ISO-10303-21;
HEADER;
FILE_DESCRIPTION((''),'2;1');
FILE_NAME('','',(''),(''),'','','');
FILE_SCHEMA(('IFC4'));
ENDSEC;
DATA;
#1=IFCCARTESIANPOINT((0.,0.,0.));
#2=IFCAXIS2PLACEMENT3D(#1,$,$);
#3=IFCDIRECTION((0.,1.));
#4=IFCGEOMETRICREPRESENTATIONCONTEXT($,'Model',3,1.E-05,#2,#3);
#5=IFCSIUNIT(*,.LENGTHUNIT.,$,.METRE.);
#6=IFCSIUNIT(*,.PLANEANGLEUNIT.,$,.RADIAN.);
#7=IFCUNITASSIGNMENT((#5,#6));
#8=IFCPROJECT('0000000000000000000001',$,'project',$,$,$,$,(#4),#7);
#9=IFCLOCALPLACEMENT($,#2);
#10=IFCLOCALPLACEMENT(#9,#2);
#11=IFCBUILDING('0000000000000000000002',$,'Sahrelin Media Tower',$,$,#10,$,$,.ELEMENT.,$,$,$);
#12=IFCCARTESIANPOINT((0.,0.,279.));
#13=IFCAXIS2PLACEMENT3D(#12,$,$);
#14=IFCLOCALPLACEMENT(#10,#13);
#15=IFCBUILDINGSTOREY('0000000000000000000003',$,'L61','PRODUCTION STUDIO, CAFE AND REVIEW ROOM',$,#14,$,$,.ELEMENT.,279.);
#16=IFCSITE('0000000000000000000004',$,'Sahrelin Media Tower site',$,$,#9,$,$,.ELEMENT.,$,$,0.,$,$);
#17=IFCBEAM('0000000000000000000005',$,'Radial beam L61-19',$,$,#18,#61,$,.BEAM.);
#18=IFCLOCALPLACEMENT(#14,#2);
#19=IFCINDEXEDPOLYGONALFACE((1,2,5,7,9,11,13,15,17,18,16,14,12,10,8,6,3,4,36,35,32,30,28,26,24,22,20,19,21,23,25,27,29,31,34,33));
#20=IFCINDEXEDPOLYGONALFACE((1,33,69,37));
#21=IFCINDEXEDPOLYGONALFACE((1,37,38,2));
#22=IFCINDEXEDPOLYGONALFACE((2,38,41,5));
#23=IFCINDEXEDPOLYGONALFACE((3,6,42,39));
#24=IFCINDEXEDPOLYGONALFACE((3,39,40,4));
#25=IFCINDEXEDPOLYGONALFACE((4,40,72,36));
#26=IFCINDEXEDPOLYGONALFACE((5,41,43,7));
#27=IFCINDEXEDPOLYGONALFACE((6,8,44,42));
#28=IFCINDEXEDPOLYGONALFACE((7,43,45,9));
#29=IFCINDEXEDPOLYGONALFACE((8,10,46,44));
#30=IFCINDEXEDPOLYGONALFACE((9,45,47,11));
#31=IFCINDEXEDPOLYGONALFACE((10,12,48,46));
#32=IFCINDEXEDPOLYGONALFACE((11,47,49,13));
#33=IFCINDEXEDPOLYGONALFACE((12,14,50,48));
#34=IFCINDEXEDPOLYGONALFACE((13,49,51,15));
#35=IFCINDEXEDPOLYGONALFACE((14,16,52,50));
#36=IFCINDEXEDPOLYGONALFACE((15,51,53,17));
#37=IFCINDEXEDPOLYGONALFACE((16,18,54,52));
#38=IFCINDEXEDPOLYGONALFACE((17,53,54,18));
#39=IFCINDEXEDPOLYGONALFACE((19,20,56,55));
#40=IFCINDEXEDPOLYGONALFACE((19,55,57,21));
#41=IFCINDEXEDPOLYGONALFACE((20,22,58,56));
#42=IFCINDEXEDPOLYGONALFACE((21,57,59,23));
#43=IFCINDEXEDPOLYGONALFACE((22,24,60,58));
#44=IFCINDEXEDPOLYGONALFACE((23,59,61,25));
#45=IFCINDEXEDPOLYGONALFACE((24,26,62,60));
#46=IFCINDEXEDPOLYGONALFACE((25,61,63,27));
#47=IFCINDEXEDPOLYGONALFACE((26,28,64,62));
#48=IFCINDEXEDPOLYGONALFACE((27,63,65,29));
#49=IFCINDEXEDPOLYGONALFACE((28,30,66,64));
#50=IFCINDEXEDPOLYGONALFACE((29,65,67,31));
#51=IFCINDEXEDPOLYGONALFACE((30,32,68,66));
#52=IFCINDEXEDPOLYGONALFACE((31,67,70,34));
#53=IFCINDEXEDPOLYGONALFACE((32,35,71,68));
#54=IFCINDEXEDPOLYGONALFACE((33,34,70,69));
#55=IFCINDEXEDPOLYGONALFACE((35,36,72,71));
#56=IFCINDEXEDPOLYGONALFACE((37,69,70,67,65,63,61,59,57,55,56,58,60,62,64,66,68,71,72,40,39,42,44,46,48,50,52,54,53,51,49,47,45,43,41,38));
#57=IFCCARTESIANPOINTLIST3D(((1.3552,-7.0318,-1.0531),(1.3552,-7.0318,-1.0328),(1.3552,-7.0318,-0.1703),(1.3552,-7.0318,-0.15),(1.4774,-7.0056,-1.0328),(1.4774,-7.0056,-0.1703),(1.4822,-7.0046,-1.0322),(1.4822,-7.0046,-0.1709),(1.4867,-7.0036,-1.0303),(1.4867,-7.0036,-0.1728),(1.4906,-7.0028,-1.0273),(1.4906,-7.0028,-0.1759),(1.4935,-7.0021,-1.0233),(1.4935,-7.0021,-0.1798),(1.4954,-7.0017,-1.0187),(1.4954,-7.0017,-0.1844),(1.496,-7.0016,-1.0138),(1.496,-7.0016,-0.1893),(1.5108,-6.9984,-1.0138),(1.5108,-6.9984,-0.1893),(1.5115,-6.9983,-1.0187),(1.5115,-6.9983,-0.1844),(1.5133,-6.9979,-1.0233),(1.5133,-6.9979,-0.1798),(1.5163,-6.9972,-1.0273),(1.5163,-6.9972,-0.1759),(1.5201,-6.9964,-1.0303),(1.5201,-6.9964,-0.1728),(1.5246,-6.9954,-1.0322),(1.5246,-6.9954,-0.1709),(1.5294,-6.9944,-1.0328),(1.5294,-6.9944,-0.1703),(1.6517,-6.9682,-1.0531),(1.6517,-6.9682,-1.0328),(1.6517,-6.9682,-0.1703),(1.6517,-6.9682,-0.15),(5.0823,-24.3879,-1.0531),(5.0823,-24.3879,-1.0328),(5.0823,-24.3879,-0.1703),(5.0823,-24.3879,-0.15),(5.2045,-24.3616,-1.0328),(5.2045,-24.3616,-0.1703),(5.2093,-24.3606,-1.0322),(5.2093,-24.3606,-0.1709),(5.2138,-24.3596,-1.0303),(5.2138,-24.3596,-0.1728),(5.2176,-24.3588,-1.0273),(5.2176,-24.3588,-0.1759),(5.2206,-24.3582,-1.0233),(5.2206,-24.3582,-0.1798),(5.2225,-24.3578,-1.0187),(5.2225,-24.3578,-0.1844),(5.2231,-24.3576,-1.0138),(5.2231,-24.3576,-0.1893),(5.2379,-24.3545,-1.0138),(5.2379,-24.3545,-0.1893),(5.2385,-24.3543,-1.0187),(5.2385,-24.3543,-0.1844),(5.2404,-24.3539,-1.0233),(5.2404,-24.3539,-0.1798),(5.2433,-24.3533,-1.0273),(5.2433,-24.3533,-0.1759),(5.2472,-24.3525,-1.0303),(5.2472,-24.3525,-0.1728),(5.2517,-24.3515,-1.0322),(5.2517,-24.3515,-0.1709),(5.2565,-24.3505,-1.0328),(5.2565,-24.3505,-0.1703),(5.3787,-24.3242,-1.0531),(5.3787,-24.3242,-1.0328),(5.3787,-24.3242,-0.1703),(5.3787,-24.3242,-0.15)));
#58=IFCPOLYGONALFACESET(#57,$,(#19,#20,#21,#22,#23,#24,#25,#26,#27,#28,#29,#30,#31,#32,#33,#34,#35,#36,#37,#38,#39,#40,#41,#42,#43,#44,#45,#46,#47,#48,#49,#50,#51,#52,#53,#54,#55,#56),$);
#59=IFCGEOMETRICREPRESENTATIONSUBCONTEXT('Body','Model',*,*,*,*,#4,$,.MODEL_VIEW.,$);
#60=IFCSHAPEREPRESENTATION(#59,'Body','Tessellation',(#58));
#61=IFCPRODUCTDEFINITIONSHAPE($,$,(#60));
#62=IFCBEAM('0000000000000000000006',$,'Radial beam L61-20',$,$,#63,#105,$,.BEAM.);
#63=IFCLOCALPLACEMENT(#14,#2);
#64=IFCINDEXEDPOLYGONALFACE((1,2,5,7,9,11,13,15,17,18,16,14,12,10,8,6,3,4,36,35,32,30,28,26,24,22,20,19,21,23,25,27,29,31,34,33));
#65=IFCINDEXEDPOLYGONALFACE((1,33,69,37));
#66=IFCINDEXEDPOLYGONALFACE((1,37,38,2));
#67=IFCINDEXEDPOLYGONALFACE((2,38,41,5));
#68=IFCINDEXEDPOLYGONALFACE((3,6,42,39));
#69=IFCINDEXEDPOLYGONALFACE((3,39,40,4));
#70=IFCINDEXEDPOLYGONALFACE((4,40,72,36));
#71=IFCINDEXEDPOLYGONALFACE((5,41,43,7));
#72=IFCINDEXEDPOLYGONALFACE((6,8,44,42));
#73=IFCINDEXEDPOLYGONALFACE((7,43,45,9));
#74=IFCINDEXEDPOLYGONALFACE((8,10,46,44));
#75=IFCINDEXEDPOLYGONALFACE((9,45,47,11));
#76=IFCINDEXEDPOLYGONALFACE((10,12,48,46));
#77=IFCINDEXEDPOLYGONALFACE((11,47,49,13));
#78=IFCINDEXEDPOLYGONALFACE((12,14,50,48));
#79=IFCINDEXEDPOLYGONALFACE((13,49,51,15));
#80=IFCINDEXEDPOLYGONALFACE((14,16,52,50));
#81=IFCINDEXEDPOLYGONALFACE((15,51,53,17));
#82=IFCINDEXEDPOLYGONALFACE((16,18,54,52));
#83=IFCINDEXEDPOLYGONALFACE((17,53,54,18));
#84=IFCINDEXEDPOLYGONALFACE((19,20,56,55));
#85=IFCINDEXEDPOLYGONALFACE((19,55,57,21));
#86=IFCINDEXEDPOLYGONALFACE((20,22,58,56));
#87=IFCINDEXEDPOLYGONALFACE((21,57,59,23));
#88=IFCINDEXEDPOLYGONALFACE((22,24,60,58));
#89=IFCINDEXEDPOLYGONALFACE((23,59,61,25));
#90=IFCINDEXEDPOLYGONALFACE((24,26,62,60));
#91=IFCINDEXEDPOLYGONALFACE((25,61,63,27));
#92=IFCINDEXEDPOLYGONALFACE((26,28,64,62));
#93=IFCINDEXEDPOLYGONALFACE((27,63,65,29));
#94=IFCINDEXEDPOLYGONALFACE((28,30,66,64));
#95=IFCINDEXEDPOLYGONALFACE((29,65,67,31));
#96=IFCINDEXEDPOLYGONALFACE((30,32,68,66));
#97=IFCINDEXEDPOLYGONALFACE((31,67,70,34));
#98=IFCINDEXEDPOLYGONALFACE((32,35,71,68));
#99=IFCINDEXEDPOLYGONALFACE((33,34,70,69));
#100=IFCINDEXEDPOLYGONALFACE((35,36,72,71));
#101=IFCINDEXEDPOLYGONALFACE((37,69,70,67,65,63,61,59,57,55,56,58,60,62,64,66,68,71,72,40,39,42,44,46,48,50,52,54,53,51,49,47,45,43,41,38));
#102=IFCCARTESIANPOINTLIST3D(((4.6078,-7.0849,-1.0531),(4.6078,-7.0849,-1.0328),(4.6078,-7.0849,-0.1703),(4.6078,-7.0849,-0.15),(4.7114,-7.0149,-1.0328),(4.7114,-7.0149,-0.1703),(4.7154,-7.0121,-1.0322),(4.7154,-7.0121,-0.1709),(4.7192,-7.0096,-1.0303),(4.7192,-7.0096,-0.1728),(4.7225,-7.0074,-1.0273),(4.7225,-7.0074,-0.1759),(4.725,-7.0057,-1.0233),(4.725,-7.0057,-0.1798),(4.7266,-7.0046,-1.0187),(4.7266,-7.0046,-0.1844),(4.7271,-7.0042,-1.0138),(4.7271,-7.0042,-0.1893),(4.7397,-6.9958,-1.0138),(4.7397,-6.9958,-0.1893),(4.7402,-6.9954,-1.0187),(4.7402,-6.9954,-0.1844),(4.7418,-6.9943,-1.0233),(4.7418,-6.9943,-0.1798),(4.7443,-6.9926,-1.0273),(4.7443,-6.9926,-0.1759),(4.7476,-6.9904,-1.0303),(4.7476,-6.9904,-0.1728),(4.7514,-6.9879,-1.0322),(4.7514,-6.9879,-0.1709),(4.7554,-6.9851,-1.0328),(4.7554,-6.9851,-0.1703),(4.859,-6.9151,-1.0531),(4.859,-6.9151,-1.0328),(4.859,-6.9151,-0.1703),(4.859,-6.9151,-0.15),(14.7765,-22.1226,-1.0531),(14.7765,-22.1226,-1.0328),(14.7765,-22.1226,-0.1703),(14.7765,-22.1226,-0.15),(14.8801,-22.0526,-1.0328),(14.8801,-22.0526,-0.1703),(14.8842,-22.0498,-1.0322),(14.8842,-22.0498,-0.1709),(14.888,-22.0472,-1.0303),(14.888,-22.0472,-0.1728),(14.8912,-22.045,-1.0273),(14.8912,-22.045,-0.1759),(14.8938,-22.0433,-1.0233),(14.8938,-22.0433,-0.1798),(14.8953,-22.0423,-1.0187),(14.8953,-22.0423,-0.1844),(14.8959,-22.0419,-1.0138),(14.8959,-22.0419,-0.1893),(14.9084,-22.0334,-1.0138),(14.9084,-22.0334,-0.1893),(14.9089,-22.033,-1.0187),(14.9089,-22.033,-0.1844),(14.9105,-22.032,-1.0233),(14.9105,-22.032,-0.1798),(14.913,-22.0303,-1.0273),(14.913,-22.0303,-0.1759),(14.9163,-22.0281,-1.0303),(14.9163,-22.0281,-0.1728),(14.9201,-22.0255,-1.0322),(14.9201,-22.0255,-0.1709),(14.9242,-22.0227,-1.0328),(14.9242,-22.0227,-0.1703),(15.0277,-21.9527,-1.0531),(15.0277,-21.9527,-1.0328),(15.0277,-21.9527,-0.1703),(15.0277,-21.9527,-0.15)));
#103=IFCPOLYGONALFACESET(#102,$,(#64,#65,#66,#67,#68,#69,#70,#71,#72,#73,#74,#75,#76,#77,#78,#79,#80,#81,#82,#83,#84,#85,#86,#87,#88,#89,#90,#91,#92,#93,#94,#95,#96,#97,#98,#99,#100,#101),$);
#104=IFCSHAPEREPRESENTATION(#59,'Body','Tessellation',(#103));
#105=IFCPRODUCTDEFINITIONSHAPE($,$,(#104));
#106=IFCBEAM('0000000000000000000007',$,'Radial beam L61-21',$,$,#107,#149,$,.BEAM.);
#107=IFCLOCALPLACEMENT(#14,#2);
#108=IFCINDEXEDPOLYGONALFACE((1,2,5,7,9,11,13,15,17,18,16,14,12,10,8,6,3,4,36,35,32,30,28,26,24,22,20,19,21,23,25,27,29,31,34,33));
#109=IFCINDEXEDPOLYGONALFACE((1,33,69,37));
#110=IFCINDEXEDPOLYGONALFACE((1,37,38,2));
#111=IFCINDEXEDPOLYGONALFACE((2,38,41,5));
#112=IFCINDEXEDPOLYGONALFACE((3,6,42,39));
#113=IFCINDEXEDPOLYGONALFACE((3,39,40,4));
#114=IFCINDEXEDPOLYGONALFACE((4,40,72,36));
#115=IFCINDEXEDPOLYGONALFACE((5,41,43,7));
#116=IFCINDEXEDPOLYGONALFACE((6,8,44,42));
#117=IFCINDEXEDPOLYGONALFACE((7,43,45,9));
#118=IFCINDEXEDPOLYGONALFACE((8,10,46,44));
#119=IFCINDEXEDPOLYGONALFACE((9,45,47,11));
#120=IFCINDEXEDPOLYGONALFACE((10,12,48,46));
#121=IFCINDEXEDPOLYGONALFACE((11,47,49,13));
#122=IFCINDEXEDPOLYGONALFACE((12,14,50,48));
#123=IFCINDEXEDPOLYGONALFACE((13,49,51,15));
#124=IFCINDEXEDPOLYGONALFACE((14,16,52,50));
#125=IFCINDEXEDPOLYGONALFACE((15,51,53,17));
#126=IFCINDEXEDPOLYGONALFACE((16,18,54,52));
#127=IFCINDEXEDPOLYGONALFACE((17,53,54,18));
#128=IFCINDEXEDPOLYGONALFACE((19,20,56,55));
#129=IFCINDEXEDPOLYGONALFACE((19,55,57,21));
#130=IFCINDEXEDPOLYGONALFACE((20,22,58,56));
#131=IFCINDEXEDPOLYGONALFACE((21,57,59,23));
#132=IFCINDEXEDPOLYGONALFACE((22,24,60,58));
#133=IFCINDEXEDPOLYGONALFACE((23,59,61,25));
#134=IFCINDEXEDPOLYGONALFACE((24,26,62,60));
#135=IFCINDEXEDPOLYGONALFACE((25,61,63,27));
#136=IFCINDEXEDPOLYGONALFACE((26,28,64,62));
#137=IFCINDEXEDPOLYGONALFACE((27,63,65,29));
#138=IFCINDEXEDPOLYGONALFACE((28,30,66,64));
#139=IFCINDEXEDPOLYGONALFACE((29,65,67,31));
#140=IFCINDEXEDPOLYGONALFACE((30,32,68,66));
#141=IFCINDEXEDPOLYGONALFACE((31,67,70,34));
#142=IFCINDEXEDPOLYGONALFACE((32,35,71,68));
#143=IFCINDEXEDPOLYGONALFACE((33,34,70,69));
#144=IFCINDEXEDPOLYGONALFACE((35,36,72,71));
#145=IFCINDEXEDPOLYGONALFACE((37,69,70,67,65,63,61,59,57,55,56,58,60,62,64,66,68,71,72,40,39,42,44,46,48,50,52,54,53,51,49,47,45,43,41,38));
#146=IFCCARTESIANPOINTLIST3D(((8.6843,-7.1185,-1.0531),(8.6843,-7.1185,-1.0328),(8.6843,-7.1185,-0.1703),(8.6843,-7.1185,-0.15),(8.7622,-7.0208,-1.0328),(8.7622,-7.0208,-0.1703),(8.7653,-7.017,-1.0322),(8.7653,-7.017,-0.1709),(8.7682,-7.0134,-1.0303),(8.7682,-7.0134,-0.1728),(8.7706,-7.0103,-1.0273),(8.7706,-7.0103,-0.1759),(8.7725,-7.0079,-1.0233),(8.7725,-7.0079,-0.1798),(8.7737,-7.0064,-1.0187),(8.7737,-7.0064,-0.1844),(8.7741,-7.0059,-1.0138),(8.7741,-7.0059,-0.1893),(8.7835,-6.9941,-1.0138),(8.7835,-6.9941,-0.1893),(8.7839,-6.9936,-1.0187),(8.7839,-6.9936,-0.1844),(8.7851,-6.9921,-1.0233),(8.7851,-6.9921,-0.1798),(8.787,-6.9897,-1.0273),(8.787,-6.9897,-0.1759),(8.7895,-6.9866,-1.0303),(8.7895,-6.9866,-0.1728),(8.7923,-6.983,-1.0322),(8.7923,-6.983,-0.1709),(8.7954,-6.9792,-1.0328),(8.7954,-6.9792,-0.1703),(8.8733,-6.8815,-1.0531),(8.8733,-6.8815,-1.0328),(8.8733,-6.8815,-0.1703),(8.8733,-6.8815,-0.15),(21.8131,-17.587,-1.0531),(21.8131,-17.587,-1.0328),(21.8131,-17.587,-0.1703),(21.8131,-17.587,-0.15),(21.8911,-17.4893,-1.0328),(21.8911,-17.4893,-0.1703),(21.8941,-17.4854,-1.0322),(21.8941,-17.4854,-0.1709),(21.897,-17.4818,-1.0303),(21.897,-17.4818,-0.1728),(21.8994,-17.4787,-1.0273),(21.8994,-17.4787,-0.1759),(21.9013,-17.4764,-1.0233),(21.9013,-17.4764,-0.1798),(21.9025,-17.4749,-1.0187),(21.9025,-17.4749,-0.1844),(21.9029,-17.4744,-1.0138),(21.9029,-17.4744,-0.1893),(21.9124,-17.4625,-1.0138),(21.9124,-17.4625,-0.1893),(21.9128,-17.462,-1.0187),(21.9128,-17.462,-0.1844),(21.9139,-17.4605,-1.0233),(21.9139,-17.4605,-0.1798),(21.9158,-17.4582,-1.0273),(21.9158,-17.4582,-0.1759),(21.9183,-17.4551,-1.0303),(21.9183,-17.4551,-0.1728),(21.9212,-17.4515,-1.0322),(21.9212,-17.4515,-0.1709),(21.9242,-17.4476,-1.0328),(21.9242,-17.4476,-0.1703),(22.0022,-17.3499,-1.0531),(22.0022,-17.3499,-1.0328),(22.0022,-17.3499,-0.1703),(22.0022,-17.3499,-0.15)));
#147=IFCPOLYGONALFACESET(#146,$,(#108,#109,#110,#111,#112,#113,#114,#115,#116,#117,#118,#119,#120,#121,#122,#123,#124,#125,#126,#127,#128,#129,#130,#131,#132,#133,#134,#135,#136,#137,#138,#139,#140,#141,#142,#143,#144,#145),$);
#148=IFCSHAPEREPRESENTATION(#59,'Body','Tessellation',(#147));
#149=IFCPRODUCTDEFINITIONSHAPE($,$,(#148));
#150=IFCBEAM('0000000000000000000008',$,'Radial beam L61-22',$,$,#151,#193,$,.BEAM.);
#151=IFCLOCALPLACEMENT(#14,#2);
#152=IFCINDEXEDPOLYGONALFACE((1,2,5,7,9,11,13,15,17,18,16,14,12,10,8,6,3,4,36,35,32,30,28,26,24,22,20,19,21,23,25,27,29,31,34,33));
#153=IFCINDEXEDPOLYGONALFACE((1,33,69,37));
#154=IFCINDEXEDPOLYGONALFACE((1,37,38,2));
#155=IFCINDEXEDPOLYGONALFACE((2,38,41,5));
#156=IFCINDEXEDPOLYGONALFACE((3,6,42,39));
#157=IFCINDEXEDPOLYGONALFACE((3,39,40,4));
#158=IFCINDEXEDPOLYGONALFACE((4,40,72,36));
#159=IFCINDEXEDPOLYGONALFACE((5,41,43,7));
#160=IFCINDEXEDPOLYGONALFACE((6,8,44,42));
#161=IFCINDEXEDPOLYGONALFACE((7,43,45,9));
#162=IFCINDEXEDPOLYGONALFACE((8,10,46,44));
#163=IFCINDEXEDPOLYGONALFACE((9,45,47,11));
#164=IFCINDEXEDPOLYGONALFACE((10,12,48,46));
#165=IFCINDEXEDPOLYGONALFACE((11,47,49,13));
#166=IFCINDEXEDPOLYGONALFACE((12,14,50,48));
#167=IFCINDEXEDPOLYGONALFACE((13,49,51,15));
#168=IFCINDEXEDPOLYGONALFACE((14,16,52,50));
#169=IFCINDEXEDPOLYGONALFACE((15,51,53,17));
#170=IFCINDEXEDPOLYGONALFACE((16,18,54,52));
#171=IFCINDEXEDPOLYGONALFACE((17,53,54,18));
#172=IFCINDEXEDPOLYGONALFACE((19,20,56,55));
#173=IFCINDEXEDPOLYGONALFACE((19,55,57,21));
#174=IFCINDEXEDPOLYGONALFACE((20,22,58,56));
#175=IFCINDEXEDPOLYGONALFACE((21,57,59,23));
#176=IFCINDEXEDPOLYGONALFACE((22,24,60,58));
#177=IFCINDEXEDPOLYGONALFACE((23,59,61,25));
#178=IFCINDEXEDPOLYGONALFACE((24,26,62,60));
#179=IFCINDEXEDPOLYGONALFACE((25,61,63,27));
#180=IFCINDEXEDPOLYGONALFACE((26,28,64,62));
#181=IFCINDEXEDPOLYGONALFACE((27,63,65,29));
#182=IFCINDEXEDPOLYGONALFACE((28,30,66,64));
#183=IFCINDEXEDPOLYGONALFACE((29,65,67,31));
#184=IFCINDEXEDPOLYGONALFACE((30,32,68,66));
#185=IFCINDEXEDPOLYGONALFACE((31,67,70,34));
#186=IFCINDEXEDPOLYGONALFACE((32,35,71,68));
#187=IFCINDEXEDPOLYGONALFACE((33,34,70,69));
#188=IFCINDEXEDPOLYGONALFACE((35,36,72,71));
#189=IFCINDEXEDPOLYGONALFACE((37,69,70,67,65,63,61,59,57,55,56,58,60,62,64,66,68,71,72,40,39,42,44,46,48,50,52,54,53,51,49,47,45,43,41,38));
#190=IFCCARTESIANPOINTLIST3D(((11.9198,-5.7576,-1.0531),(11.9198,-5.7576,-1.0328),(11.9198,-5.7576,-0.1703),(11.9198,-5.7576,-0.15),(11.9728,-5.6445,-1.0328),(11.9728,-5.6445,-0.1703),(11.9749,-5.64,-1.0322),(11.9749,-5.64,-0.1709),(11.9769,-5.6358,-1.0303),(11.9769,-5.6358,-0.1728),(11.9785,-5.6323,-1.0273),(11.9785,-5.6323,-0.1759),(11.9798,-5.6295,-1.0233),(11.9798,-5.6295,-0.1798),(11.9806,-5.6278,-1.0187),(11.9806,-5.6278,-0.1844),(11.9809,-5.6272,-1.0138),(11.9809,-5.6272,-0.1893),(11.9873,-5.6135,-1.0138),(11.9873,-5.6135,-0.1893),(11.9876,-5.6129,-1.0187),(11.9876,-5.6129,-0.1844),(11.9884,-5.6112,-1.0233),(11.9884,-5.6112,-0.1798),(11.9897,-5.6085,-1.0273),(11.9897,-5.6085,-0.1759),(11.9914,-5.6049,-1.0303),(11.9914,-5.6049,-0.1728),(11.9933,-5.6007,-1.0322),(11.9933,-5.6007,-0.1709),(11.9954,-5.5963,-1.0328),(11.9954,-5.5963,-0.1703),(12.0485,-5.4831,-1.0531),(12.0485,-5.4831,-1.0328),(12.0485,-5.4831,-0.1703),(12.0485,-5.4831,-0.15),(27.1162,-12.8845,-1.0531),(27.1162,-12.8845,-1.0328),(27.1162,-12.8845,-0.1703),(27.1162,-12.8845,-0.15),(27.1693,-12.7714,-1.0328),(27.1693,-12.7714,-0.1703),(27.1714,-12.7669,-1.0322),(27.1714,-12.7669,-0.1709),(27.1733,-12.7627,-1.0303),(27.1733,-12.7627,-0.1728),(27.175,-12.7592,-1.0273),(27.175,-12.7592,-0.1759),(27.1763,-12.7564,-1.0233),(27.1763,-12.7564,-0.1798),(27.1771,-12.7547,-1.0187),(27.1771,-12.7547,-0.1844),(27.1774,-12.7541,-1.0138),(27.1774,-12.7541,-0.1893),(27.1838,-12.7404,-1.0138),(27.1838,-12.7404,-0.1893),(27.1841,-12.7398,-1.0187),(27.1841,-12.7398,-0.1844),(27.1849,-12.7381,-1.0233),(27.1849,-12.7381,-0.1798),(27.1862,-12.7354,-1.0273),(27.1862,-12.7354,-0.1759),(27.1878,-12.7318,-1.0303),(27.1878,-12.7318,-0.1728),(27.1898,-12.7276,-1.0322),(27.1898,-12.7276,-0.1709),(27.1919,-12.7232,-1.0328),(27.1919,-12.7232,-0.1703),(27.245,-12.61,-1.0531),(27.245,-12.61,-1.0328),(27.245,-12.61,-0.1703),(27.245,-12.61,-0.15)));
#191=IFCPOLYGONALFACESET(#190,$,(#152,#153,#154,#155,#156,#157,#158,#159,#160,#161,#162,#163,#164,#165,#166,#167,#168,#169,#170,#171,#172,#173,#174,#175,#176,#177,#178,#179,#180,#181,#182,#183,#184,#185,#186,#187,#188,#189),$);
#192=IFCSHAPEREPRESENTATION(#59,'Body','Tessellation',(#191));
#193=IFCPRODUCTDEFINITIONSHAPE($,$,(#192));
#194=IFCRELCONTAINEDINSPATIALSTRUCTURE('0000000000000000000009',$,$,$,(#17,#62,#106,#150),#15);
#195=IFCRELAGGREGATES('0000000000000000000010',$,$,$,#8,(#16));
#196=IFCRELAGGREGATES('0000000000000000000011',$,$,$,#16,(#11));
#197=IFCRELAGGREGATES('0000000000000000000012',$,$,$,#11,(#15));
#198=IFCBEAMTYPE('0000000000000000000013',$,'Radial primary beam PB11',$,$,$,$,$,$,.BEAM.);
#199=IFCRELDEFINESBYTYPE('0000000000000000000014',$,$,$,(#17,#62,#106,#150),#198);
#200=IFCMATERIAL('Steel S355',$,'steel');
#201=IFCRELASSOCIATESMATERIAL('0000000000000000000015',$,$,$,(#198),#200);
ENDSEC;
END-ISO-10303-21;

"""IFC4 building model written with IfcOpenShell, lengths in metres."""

from ifc_helpers import new_model, si_unit, direction, frame, origin, origin_2d, place, context, subcontext, project, spatial, i_section, extrude, material, material_profile, profile_set, type_object, element, save


model = new_model("IFC4")

# Units and contexts
model_context = context("Model", 3, precision=1e-05, world=origin(), true_north=direction((0.0, 1.0)))
body_context = subcontext(model_context, "Body", "Model", "MODEL_VIEW")
ifc_project = project(units=[si_unit("LENGTHUNIT", "METRE"), si_unit("PLANEANGLEUNIT", "RADIAN")], contexts=[model_context])

# Site, building, storey
site_placement = place(None, origin())
site = spatial("IfcSite", under=ifc_project, at=site_placement, Name="Sahrelin Media Tower site", CompositionType="ELEMENT", RefElevation=0.0)
building_placement = place(site_placement, origin())
building = spatial("IfcBuilding", under=site, at=building_placement, Name="Sahrelin Media Tower", CompositionType="ELEMENT")
storey_placement = place(building_placement, frame((0.0, 0.0, 279.0)))
storey = spatial("IfcBuildingStorey", under=building, at=storey_placement, Name="L61", Description="PRODUCTION STUDIO, CAFE AND REVIEW ROOM", CompositionType="ELEMENT", Elevation=279.0)

# Beams
ifc_material_1 = material(Name="Steel S355", Category="steel")
ifc_material_profile_1 = material_profile(ifc_material_1, i_section(OverallWidth=0.3032, OverallDepth=0.9031, WebThickness=0.0151, FlangeThickness=0.0203, FilletRadius=0.019, at=origin_2d()), Name="UB 914x305x201")
ifc_profile_set_1 = profile_set([ifc_material_profile_1], Name="Steel S355")
beam_type_1 = type_object("IfcBeamType", Name="Radial primary beam PB11", PredefinedType="BEAM", material=ifc_profile_set_1)
beam_1_placement = place(storey_placement, frame((1.5034, -7.0, -0.6016), z_axis=(0.209955, -0.977711, 0.0), x_axis=(0.977711, 0.209955, 0.0)))
element("IfcBeam", 1, at=beam_1_placement, inside=storey, type_object=beam_type_1, Name="Radial beam L61-19", PredefinedType="BEAM", context=body_context, shape_type="SweptSolid", body=[
    extrude(i_section(OverallWidth=0.3032, OverallDepth=0.9031, WebThickness=0.0151, FlangeThickness=0.0203, FilletRadius=0.019, at=origin_2d()), origin(), (0.0, 0.0, 1.0), 17.7517),
])
beam_2_placement = place(storey_placement, frame((4.7334, -7.0, -0.6016), z_axis=(0.560166, -0.82838, 0.0), x_axis=(0.82838, 0.560166, 0.0)))
element("IfcBeam", 2, at=beam_2_placement, inside=storey, type_object=beam_type_1, Name="Radial beam L61-20", PredefinedType="BEAM", context=body_context, shape_type="SweptSolid", body=[
    extrude(i_section(OverallWidth=0.3032, OverallDepth=0.9031, WebThickness=0.0151, FlangeThickness=0.0203, FilletRadius=0.019, at=origin_2d()), origin(), (0.0, 0.0, 1.0), 18.1531),
])
beam_3_placement = place(storey_placement, frame((8.7788, -7.0, -0.6016), z_axis=(0.781874, -0.623437, 0.0), x_axis=(0.623437, 0.781874, 0.0)))
element("IfcBeam", 3, at=beam_3_placement, inside=storey, type_object=beam_type_1, Name="Radial beam L61-21", PredefinedType="BEAM", context=body_context, shape_type="SweptSolid", body=[
    extrude(i_section(OverallWidth=0.3032, OverallDepth=0.9031, WebThickness=0.0151, FlangeThickness=0.0203, FilletRadius=0.019, at=origin_2d()), origin(), (0.0, 0.0, 1.0), 16.7915),
])
beam_4_placement = place(storey_placement, frame((11.9841, -5.6204, -0.6016), z_axis=(0.905377, -0.424609, 0.0), x_axis=(0.424609, 0.905377, 0.0)))
element("IfcBeam", 4, at=beam_4_placement, inside=storey, type_object=beam_type_1, Name="Radial beam L61-22", PredefinedType="BEAM", context=body_context, shape_type="SweptSolid", body=[
    extrude(i_section(OverallWidth=0.3032, OverallDepth=0.9031, WebThickness=0.0151, FlangeThickness=0.0203, FilletRadius=0.019, at=origin_2d()), origin(), (0.0, 0.0, 1.0), 16.7847),
])

save(model, "model.ifc")
